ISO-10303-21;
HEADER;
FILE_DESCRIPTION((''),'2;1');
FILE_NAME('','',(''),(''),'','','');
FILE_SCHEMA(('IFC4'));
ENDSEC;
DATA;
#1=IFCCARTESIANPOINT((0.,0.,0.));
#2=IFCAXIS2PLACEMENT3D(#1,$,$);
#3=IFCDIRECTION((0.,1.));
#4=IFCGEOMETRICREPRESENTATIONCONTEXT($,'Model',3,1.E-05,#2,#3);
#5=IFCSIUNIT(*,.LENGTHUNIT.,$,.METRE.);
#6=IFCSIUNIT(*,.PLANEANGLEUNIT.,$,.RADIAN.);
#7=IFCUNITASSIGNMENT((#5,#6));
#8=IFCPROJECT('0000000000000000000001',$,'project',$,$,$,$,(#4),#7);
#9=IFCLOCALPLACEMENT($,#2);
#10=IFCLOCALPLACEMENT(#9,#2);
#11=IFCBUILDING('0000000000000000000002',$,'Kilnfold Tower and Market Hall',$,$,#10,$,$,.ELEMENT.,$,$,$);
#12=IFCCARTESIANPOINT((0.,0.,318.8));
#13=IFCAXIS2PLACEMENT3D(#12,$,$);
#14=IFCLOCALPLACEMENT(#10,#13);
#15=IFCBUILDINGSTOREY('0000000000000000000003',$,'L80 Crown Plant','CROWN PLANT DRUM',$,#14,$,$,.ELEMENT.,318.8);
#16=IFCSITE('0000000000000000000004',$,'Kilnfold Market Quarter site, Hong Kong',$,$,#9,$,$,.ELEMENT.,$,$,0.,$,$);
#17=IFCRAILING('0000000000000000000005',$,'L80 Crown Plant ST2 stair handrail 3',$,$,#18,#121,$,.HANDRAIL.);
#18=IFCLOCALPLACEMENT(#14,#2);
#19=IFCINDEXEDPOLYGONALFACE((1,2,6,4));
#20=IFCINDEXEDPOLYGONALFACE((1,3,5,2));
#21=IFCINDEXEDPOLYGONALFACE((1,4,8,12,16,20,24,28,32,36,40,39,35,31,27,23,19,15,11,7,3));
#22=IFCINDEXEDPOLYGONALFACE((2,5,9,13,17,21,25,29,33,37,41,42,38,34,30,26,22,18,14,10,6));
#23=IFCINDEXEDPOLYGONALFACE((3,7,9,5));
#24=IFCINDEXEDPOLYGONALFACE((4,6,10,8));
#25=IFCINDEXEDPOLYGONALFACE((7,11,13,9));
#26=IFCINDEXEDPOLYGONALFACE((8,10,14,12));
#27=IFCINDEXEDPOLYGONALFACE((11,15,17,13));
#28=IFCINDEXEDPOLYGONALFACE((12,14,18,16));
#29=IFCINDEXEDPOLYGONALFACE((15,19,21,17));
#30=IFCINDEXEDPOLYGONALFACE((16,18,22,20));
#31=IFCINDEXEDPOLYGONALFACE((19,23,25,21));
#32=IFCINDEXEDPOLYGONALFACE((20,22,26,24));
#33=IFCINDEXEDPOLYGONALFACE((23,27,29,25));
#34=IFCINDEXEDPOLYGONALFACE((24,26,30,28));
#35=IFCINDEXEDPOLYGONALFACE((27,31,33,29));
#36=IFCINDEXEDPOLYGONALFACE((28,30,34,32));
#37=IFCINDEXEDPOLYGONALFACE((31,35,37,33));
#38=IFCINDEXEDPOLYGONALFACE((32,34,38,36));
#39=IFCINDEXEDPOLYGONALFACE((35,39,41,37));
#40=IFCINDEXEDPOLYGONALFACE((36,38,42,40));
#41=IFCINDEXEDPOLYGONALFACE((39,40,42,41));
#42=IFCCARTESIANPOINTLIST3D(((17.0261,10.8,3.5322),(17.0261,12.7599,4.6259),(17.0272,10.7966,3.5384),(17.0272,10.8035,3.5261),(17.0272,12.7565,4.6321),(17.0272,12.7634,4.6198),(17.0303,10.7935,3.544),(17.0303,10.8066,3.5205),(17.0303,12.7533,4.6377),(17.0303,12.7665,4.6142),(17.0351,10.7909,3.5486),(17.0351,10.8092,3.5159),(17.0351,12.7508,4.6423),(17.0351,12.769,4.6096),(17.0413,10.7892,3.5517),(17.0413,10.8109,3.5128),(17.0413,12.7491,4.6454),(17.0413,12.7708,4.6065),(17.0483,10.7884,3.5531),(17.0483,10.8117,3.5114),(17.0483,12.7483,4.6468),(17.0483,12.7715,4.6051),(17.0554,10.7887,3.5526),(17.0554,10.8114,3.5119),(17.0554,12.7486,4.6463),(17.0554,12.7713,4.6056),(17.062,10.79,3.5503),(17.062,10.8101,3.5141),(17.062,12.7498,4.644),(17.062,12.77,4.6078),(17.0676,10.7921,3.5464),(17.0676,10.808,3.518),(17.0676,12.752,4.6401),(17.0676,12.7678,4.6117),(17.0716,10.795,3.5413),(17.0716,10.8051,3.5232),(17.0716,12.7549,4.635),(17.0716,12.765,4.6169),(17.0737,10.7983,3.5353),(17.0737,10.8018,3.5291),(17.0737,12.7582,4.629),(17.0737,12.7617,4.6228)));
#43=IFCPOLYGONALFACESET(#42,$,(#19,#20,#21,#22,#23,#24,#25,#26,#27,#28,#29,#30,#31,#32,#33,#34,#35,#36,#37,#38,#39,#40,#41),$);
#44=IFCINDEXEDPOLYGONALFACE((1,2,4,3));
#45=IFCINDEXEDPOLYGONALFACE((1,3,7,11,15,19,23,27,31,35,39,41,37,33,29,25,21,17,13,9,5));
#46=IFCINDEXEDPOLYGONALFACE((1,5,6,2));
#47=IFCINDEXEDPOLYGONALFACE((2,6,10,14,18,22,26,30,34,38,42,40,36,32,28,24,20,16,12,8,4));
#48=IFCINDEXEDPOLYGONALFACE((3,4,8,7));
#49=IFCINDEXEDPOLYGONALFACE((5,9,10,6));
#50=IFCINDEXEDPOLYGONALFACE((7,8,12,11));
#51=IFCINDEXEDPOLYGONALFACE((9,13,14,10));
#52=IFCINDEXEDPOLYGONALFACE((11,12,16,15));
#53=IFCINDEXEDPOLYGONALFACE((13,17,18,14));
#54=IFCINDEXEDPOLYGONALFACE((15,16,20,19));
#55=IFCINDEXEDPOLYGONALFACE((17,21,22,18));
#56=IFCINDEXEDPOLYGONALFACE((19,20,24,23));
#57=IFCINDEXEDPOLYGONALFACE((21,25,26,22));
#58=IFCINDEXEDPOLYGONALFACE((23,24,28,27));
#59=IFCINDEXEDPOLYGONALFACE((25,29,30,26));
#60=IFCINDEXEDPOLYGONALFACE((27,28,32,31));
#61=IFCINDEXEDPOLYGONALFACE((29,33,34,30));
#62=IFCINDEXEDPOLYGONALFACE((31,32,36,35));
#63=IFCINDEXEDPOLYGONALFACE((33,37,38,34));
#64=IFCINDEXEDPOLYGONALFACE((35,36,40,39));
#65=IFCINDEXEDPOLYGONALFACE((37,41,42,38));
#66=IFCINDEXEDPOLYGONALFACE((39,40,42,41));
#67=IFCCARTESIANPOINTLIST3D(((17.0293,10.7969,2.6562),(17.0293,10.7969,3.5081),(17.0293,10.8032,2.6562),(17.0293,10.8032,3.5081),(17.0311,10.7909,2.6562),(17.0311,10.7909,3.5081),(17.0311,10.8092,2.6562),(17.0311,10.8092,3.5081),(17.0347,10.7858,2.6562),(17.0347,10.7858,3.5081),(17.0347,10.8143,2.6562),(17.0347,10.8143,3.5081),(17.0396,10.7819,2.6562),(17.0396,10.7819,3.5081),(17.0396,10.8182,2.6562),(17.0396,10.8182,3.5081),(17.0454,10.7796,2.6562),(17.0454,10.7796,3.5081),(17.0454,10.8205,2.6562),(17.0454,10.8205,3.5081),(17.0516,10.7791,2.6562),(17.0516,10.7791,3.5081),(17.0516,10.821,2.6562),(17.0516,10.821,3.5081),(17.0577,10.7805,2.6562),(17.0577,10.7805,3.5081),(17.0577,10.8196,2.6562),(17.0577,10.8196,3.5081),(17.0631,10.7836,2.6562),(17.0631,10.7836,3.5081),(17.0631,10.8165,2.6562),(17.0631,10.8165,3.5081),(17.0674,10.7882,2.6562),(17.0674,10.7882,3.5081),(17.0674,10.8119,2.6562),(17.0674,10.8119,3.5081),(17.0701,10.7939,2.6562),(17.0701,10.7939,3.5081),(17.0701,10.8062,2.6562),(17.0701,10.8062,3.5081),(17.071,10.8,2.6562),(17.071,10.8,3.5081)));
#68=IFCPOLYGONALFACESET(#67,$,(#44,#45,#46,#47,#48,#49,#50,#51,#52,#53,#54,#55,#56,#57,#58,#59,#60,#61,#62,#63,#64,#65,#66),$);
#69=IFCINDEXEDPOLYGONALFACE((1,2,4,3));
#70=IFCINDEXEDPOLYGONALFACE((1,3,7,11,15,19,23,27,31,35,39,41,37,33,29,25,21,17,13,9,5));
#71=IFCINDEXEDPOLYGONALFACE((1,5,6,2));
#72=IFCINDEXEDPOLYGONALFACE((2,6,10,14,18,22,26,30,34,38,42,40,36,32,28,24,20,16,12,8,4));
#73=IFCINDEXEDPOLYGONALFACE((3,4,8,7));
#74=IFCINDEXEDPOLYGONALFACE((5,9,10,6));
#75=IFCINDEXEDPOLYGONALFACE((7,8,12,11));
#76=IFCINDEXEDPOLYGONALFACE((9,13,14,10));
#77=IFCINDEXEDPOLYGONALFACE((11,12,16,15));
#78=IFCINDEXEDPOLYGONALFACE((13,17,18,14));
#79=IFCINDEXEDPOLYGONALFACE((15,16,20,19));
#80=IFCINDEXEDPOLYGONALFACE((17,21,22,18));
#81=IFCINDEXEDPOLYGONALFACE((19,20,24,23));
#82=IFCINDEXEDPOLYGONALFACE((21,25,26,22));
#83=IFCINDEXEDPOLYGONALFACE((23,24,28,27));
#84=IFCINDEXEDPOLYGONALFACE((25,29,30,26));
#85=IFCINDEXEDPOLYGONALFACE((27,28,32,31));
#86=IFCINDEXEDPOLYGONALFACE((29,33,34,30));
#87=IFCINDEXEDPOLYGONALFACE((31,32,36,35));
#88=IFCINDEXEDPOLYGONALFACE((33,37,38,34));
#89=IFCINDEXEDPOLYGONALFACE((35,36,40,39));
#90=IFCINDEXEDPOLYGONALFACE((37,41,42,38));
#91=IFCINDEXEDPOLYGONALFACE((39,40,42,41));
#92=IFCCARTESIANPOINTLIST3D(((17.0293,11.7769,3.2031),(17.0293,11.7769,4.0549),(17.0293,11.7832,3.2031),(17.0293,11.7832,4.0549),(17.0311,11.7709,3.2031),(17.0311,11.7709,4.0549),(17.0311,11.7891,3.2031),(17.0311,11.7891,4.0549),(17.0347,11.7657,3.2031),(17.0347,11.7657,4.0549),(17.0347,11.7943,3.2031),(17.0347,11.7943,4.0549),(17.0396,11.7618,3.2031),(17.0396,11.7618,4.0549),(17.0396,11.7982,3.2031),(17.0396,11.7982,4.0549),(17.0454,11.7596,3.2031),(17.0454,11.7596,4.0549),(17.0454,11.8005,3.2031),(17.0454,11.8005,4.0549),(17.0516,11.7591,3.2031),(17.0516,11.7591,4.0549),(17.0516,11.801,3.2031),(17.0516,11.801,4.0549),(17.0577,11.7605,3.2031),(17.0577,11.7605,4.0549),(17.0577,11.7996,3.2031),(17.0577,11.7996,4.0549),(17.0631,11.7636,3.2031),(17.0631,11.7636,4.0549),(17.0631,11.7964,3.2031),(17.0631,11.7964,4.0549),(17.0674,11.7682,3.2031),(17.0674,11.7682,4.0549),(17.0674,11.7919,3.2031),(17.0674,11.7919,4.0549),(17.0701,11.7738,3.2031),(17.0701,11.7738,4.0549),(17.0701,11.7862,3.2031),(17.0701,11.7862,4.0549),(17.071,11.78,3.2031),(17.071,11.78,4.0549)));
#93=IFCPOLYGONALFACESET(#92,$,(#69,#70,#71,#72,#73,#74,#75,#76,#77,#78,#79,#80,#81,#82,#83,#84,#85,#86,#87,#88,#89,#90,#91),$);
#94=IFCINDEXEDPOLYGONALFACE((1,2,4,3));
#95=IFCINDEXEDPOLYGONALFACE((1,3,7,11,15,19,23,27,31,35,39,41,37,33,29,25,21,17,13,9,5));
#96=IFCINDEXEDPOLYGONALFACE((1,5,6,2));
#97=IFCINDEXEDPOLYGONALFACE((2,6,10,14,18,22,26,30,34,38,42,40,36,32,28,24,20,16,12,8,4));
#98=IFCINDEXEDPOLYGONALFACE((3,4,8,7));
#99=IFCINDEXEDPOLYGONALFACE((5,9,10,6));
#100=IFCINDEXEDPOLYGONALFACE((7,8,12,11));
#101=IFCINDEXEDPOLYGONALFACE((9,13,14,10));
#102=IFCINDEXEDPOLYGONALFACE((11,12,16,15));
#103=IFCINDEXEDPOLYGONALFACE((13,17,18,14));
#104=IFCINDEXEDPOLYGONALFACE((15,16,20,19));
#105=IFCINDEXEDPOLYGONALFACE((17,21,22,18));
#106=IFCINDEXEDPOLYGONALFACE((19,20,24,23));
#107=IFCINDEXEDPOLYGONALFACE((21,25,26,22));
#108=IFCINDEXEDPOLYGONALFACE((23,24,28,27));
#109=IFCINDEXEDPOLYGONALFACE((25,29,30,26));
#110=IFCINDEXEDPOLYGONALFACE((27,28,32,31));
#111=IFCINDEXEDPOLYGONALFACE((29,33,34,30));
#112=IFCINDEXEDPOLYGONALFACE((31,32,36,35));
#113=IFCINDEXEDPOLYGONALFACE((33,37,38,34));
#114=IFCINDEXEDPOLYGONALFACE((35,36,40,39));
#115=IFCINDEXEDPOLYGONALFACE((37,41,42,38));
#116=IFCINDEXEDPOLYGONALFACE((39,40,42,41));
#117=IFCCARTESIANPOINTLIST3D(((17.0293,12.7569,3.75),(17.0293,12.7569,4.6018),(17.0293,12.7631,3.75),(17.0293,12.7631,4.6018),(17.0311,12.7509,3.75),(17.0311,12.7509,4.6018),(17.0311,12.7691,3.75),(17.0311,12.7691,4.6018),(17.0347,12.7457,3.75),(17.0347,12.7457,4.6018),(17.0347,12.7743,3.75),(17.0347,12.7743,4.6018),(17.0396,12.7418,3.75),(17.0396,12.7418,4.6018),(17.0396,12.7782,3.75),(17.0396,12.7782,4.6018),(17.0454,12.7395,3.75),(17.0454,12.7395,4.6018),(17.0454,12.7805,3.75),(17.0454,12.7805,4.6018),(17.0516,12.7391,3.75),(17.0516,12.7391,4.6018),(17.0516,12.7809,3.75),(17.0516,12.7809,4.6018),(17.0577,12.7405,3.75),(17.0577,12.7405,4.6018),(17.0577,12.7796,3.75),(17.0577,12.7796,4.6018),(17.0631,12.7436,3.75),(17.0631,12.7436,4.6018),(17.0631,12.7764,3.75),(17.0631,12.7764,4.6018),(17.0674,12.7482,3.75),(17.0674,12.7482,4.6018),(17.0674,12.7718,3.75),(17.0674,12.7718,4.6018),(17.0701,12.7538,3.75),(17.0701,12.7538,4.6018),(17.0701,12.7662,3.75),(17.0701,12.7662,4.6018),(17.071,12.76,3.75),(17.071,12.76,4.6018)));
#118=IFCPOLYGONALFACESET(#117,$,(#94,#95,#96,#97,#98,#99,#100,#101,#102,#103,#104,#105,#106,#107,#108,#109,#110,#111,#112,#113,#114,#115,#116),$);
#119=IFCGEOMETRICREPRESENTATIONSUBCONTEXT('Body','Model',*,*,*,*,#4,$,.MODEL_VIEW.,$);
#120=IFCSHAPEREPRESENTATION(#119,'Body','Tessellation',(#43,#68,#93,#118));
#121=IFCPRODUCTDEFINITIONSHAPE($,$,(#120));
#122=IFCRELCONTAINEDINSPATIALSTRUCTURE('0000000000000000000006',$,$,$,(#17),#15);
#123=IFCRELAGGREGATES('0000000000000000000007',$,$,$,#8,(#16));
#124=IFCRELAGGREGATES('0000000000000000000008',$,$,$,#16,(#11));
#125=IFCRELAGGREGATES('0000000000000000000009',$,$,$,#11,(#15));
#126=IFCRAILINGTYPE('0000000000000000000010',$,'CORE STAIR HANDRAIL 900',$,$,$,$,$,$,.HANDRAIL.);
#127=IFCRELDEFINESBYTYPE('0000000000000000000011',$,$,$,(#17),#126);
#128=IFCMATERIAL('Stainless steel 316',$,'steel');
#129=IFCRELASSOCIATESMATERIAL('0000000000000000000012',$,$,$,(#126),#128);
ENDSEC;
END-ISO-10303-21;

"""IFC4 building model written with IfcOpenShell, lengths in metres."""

from ifc_helpers import new_model, si_unit, direction, frame, origin, origin_2d, place, context, subcontext, project, spatial, circle, extrude, material, type_object, element, save


model = new_model("IFC4")

# Units and contexts
model_context = context("Model", 3, precision=1e-05, world=origin(), true_north=direction((0.0, 1.0)))
body_context = subcontext(model_context, "Body", "Model", "MODEL_VIEW")
ifc_project = project(units=[si_unit("LENGTHUNIT", "METRE"), si_unit("PLANEANGLEUNIT", "RADIAN")], contexts=[model_context])

# Site, building, storey
site_placement = place(None, origin())
site = spatial("IfcSite", under=ifc_project, at=site_placement, Name="Kilnfold Market Quarter site, Hong Kong", CompositionType="ELEMENT", RefElevation=0.0)
building_placement = place(site_placement, origin())
building = spatial("IfcBuilding", under=site, at=building_placement, Name="Kilnfold Tower and Market Hall", CompositionType="ELEMENT")
storey_placement = place(building_placement, frame((0.0, 0.0, 318.8)))
storey = spatial("IfcBuildingStorey", under=building, at=storey_placement, Name="L80 Crown Plant", Description="CROWN PLANT DRUM", CompositionType="ELEMENT", Elevation=318.8)

# Railing
ifc_material_1 = material(Name="Stainless steel 316", Category="steel")
railing_type_1 = type_object("IfcRailingType", Name="CORE STAIR HANDRAIL 900", PredefinedType="HANDRAIL", material=ifc_material_1)
railing_1_placement = place(storey_placement, frame((17.05, 10.8, 2.6562)))
element("IfcRailing", 1, at=railing_1_placement, inside=storey, type_object=railing_type_1, Name="L80 Crown Plant ST2 stair handrail 3", PredefinedType="HANDRAIL", context=body_context, shape_type="SweptSolid", body=[
    extrude(circle(Radius=0.0239, at=origin_2d()), frame((0.0, 0.0, 0.876), z_axis=(0.0, 0.873232, 0.487304), x_axis=(-1.0, 0.0, 0.0)), (0.0, 0.0, 1.0), 2.2444),
    extrude(circle(Radius=0.021, at=origin_2d()), origin(), (0.0, 0.0, 1.0), 0.8518),
    extrude(circle(Radius=0.021, at=origin_2d()), frame((0.0, 0.98, 0.5469)), (0.0, 0.0, 1.0), 0.8518),
    extrude(circle(Radius=0.021, at=origin_2d()), frame((0.0, 1.96, 1.0938)), (0.0, 0.0, 1.0), 0.8518),
])

save(model, "model.ifc")
